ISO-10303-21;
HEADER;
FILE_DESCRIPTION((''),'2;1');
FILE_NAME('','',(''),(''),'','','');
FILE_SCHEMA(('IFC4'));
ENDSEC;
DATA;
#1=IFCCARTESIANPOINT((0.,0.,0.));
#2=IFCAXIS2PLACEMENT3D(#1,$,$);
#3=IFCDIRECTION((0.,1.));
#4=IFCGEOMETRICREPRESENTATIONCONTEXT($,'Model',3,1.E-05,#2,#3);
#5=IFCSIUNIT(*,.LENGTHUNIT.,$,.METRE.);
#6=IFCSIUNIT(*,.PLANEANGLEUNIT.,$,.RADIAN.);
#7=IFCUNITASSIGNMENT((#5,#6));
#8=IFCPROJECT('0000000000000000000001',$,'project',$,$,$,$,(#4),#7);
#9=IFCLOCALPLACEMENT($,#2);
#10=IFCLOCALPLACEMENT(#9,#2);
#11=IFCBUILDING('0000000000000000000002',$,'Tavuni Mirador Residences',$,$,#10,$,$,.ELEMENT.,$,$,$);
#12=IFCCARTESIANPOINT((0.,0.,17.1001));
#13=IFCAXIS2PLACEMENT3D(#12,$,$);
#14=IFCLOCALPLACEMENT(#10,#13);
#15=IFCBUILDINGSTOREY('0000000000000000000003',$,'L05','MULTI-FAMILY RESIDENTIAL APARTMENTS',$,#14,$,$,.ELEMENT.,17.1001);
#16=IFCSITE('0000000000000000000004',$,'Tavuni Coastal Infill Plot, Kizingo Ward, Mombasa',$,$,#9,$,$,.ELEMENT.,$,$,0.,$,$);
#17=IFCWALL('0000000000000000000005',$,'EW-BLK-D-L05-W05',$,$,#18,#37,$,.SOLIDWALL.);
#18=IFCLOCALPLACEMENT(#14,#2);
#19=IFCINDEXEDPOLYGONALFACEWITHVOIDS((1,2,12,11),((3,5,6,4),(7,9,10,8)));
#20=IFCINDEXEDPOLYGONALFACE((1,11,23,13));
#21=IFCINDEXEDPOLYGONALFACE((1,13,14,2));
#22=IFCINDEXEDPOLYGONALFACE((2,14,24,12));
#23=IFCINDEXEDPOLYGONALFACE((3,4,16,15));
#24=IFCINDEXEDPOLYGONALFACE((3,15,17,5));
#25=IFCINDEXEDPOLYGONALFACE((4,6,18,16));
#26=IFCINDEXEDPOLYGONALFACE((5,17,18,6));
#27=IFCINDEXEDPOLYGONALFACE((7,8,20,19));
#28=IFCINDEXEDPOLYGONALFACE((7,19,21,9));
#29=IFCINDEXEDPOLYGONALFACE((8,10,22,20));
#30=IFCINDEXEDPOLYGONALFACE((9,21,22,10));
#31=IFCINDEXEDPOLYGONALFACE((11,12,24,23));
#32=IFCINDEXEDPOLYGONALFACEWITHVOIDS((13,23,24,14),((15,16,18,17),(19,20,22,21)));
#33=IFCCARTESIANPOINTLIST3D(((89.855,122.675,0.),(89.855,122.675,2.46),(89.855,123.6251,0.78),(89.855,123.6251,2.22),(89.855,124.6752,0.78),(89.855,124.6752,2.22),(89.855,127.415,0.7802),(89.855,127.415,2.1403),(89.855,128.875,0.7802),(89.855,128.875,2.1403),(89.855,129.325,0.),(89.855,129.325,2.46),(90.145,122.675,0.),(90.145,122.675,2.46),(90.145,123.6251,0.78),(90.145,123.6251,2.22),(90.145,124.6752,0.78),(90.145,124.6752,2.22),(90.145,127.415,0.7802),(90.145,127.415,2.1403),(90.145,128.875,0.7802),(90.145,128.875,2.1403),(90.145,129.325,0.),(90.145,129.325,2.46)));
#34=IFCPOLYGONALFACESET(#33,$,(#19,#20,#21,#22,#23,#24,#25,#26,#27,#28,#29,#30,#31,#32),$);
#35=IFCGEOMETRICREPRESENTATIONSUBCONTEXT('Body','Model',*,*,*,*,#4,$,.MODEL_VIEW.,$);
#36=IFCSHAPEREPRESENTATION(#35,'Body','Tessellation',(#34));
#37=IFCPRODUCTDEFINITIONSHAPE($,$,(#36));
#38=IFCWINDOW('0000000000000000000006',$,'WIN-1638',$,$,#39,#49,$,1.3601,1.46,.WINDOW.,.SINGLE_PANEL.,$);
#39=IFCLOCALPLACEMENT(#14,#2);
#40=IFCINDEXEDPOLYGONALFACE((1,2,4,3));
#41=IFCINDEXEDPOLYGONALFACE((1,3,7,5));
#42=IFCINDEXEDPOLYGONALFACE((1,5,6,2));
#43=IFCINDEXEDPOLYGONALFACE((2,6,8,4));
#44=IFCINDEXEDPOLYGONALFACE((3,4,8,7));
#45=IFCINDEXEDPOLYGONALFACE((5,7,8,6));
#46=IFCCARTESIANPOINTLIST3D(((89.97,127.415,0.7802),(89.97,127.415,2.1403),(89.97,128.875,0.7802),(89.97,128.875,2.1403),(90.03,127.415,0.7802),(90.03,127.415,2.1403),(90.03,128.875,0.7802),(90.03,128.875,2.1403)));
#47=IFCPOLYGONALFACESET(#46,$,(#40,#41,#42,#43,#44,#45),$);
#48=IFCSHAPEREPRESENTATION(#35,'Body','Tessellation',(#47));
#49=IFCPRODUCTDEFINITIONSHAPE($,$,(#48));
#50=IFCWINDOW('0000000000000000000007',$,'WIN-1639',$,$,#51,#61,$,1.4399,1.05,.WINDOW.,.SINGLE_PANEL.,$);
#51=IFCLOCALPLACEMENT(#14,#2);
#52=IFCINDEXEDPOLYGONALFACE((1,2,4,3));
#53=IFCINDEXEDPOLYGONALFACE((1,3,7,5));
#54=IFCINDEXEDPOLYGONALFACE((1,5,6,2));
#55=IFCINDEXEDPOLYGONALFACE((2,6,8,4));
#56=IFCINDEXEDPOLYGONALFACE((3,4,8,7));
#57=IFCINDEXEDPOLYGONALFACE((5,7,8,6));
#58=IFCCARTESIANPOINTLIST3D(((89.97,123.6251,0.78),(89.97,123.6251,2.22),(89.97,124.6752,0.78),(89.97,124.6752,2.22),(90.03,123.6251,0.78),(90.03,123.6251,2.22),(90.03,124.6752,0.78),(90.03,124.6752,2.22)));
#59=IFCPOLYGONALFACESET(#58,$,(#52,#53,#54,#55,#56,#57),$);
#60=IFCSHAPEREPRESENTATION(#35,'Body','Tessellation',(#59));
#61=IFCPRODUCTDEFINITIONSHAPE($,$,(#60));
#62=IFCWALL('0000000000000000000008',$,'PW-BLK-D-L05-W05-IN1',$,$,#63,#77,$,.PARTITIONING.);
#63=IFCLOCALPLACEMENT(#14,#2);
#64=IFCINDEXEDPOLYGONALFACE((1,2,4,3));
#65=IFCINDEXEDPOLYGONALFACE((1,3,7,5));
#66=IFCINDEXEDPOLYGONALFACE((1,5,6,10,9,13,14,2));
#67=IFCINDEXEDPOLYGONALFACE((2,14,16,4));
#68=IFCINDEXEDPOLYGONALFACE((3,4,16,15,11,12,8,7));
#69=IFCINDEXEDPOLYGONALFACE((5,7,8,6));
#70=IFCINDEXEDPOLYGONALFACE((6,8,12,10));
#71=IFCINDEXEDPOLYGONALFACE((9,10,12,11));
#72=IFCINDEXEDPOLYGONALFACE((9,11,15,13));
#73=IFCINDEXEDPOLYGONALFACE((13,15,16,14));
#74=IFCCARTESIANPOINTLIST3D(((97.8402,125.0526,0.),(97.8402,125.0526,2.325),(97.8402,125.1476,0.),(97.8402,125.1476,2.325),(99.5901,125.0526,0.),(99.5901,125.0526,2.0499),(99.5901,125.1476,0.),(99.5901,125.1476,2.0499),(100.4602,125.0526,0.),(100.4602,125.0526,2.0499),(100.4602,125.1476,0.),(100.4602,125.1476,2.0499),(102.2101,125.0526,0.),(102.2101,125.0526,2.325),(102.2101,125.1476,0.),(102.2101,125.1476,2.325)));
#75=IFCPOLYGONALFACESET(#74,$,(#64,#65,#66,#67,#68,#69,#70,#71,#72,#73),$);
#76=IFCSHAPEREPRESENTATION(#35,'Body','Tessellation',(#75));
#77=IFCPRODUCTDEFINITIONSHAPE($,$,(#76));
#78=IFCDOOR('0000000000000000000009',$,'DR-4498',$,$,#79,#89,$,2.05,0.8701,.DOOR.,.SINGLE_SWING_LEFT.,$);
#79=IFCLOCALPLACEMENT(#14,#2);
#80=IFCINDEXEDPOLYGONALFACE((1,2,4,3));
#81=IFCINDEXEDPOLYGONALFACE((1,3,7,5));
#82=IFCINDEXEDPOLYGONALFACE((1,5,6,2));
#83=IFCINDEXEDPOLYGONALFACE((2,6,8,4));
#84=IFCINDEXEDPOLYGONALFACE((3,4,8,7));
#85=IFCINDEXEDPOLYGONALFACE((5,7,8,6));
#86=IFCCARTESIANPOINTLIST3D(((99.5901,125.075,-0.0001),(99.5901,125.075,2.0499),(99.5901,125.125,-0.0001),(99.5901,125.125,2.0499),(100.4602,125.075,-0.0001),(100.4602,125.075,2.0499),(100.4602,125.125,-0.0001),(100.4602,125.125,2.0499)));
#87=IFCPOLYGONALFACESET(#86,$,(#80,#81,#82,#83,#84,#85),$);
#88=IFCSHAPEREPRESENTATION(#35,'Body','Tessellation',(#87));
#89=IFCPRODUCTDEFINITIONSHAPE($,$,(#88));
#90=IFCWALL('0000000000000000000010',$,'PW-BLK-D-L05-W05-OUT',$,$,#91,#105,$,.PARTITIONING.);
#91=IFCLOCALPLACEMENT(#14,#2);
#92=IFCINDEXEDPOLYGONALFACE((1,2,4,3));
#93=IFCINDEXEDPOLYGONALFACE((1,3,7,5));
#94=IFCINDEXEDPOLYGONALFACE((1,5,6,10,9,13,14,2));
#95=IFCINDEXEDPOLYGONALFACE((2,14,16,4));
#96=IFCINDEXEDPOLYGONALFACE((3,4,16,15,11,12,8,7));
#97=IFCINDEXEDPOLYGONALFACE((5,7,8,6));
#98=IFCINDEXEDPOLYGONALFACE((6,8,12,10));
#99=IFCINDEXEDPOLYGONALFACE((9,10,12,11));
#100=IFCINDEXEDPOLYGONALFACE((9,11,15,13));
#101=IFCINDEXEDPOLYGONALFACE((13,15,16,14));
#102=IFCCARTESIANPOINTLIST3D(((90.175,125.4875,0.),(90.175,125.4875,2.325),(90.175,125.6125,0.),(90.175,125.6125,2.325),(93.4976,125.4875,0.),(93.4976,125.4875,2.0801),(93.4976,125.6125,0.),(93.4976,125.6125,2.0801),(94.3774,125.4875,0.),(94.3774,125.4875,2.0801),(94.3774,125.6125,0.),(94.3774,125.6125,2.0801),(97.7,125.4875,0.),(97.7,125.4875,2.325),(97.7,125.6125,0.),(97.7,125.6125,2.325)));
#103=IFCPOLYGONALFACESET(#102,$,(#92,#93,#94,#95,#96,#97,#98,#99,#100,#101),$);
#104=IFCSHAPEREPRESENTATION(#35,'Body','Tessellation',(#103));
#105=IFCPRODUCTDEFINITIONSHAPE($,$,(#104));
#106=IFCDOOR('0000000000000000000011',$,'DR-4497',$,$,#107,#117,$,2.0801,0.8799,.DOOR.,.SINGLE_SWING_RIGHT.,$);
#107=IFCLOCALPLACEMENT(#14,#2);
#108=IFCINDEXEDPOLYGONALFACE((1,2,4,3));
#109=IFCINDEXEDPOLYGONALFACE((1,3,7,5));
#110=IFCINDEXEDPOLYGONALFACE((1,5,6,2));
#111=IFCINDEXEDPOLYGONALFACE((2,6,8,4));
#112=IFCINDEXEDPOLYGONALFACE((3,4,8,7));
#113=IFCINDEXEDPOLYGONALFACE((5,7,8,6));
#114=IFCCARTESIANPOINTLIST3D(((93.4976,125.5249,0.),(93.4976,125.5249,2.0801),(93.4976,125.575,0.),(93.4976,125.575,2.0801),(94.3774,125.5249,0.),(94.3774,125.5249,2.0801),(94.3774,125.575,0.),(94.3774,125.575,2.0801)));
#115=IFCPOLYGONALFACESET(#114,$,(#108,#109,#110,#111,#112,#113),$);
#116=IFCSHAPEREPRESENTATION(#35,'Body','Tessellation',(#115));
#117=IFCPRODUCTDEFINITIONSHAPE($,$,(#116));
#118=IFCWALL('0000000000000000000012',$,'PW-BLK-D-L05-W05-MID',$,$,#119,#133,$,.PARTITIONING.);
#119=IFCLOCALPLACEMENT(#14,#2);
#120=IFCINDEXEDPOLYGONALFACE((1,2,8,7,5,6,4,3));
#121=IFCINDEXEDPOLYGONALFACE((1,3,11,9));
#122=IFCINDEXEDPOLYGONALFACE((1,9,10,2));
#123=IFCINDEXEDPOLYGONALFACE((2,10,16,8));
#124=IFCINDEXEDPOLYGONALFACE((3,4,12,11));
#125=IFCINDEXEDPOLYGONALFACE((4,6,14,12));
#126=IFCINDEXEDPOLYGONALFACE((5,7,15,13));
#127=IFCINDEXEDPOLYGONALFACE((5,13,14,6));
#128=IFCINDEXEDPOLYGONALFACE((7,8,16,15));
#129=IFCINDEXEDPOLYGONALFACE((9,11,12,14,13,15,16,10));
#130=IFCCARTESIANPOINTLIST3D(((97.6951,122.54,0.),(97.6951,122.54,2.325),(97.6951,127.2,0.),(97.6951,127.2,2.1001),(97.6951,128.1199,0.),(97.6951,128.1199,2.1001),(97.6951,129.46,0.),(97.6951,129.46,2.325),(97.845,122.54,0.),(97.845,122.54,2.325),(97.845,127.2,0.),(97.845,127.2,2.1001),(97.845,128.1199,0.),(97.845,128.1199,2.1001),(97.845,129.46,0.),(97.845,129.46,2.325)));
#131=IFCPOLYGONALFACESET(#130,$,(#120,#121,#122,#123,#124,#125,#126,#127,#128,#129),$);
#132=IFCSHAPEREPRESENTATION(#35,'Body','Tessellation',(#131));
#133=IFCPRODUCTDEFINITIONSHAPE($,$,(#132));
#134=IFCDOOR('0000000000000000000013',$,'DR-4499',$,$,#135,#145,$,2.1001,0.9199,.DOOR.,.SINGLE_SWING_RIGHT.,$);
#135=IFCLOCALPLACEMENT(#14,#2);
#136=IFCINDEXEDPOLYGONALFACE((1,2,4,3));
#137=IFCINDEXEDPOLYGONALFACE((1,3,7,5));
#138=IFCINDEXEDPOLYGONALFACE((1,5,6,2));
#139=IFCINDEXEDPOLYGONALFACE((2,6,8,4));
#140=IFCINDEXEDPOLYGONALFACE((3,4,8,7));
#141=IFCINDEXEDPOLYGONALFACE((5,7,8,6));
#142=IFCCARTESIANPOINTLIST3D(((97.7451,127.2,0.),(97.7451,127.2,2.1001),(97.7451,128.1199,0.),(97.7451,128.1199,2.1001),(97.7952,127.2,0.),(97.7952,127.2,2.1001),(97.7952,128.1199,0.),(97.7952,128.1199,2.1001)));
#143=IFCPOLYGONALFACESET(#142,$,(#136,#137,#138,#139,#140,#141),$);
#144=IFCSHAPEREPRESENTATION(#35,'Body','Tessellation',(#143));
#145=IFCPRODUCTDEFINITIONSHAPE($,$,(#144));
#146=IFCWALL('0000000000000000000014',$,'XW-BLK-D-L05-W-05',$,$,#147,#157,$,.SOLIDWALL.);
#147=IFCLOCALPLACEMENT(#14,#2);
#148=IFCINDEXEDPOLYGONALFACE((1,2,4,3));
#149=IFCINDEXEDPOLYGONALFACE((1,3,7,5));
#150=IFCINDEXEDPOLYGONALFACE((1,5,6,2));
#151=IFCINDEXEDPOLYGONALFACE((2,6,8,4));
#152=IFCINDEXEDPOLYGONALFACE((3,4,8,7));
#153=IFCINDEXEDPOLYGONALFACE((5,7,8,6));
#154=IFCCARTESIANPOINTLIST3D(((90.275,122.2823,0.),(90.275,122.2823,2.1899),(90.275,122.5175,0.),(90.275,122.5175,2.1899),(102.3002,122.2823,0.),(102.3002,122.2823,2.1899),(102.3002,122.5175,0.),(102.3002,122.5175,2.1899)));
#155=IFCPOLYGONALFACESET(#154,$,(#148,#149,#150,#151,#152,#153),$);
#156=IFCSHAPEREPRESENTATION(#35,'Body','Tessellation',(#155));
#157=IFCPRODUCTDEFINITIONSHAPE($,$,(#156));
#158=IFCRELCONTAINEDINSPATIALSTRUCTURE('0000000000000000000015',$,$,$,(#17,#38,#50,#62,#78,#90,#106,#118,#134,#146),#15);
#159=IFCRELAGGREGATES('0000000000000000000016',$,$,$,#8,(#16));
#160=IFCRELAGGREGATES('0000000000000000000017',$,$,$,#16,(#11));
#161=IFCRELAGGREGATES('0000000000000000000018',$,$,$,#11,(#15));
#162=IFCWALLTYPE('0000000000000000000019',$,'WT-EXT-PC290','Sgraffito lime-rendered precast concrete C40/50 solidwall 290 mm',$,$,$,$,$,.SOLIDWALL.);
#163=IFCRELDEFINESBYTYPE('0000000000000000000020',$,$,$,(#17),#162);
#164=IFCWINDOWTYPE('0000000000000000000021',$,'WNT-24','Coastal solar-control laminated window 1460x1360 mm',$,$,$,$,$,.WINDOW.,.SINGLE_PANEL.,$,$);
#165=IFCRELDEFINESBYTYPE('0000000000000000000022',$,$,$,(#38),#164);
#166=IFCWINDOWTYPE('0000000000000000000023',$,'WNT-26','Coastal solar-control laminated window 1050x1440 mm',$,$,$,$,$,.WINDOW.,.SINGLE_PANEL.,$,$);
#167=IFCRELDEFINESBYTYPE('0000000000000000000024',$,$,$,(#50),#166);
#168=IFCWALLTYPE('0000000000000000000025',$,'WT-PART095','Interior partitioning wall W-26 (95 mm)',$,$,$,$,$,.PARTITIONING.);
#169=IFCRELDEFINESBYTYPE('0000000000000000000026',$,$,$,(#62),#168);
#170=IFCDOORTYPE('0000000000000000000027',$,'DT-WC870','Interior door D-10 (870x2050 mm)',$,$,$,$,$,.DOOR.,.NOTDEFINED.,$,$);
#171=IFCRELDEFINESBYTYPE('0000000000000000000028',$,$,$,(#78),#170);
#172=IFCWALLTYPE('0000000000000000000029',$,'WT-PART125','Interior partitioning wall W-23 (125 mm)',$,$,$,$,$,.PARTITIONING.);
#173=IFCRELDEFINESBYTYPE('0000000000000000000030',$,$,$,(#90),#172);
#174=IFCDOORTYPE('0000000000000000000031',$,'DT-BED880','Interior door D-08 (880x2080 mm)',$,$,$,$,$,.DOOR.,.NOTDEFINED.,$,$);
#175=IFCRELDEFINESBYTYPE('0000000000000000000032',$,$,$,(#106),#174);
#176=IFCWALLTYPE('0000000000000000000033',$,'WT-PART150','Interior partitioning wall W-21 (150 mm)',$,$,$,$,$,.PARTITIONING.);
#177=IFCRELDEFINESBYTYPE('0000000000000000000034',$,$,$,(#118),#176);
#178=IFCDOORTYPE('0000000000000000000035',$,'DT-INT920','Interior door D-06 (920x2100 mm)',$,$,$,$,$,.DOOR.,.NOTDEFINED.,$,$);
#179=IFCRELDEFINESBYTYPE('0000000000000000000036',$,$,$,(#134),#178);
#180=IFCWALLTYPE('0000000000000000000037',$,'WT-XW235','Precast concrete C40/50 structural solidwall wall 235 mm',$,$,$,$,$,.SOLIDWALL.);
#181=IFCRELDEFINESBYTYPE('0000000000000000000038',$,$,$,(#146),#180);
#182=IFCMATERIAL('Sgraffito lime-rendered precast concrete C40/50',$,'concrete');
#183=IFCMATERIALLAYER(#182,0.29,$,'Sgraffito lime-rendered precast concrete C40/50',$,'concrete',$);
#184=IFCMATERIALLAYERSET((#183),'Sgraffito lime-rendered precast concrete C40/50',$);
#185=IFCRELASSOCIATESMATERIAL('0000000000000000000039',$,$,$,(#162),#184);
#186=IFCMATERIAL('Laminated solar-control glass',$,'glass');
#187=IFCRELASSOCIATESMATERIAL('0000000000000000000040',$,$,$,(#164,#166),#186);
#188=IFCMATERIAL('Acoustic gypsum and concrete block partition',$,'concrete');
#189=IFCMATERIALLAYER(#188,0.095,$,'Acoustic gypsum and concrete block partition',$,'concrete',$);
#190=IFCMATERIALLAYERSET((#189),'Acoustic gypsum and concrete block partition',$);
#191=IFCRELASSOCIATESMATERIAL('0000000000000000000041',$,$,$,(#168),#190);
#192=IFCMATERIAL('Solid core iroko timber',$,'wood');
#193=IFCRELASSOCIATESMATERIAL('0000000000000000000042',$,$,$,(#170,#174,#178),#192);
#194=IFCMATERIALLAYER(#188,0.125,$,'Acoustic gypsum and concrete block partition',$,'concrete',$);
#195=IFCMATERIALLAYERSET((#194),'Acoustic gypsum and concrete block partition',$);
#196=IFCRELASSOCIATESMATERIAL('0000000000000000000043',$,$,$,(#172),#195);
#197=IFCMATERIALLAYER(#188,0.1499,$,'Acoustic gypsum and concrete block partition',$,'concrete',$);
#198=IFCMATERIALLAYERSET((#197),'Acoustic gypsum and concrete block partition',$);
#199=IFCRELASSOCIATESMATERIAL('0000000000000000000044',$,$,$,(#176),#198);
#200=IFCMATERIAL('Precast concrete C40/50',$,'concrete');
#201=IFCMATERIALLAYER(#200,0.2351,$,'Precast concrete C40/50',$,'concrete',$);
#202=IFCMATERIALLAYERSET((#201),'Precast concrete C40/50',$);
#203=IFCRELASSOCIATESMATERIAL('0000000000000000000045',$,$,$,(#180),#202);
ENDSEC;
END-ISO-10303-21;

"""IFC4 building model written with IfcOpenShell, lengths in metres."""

from ifc_helpers import new_model, si_unit, direction, frame, frame_2d, origin, place, context, subcontext, project, spatial, rectangle, extrude, material, layer, layer_set, type_object, element, fill, save


model = new_model("IFC4")

# Units and contexts
model_context = context("Model", 3, precision=1e-05, world=origin(), true_north=direction((0.0, 1.0)))
body_context = subcontext(model_context, "Body", "Model", "MODEL_VIEW")
ifc_project = project(units=[si_unit("LENGTHUNIT", "METRE"), si_unit("PLANEANGLEUNIT", "RADIAN")], contexts=[model_context])

# Site, building, storey
site_placement = place(None, origin())
site = spatial("IfcSite", under=ifc_project, at=site_placement, Name="Tavuni Coastal Infill Plot, Kizingo Ward, Mombasa", CompositionType="ELEMENT", RefElevation=0.0)
building_placement = place(site_placement, origin())
building = spatial("IfcBuilding", under=site, at=building_placement, Name="Tavuni Mirador Residences", CompositionType="ELEMENT")
storey_placement = place(building_placement, frame((0.0, 0.0, 17.1001)))
storey = spatial("IfcBuildingStorey", under=building, at=storey_placement, Name="L05", Description="MULTI-FAMILY RESIDENTIAL APARTMENTS", CompositionType="ELEMENT", Elevation=17.1001)

# Shared definitions
ifc_material_1 = material(Name="Precast concrete C40/50", Category="concrete")

# Shared definitions
ifc_material_2 = material(Name="Solid core iroko timber", Category="wood")

# Wall, openings, windows
ifc_material_3 = material(Name="Sgraffito lime-rendered precast concrete C40/50", Category="concrete")
ifc_layer_1 = layer(ifc_material_3, 0.29, Name="Sgraffito lime-rendered precast concrete C40/50", Category="concrete")
ifc_layer_set_1 = layer_set([ifc_layer_1], Name="Sgraffito lime-rendered precast concrete C40/50")
wall_type_1 = type_object("IfcWallType", Name="WT-EXT-PC290", Description="Sgraffito lime-rendered precast concrete C40/50 solidwall 290 mm", PredefinedType="SOLIDWALL", material=ifc_layer_set_1)
wall_1_placement = place(storey_placement, frame((90.0, 129.325, 0.0), z_axis=(0.0, 0.0, 1.0), x_axis=(0.0, -1.0, 0.0)))
wall_1 = element("IfcWall", 1, at=wall_1_placement, inside=storey, type_object=wall_type_1, Name="EW-BLK-D-L05-W05", PredefinedType="SOLIDWALL", context=body_context, shape_type="SweptSolid", body=[
    extrude(rectangle(XDim=6.6499, YDim=0.29, at=frame_2d((3.325, 0.0))), origin(), (0.0, 0.0, 1.0), 2.46),
])
opening_1_placement = place(wall_1_placement, frame((0.45, 0.0, 0.78)))
opening_1 = element("IfcOpeningElement", 2, at=opening_1_placement, cuts=wall_1, PredefinedType="OPENING", context=body_context, shape_type="SweptSolid", body=[
    extrude(rectangle(XDim=1.46, YDim=1.3601, at=frame_2d((0.73, 0.6802))), frame((0.0, 0.155, 0.0), z_axis=(0.0, -1.0, 0.0), x_axis=(1.0, 0.0, 0.0)), (0.0, 0.0, 1.0), 0.3101),
])
opening_2_placement = place(wall_1_placement, frame((4.6499, 0.0, 0.78)))
opening_2 = element("IfcOpeningElement", 3, at=opening_2_placement, cuts=wall_1, PredefinedType="OPENING", context=body_context, shape_type="SweptSolid", body=[
    extrude(rectangle(XDim=1.05, YDim=1.4399, at=frame_2d((0.5249, 0.72))), frame((0.0, 0.155, 0.0), z_axis=(0.0, -1.0, 0.0), x_axis=(1.0, 0.0, 0.0)), (0.0, 0.0, 1.0), 0.3101),
])
ifc_material_4 = material(Name="Laminated solar-control glass", Category="glass")
window_type_1 = type_object("IfcWindowType", Name="WNT-24", Description="Coastal solar-control laminated window 1460x1360 mm", PartitioningType="SINGLE_PANEL", PredefinedType="WINDOW", material=ifc_material_4)
window_1_placement = place(opening_1_placement, origin())
window_1 = element("IfcWindow", 4, at=window_1_placement, inside=storey, type_object=window_type_1, Name="WIN-1638", OverallHeight=1.3601, OverallWidth=1.46, PartitioningType="SINGLE_PANEL", PredefinedType="WINDOW", context=body_context, shape_type="SweptSolid", body=[
    extrude(rectangle(XDim=1.46, YDim=1.3601, at=frame_2d((0.73, 0.6802))), frame((0.0, 0.03, 0.0), z_axis=(0.0, -1.0, 0.0), x_axis=(1.0, 0.0, 0.0)), (0.0, 0.0, 1.0), 0.0601),
])
fill(opening_1, window_1)
window_type_2 = type_object("IfcWindowType", Name="WNT-26", Description="Coastal solar-control laminated window 1050x1440 mm", PartitioningType="SINGLE_PANEL", PredefinedType="WINDOW", material=ifc_material_4)
window_2_placement = place(opening_2_placement, origin())
window_2 = element("IfcWindow", 5, at=window_2_placement, inside=storey, type_object=window_type_2, Name="WIN-1639", OverallHeight=1.4399, OverallWidth=1.05, PartitioningType="SINGLE_PANEL", PredefinedType="WINDOW", context=body_context, shape_type="SweptSolid", body=[
    extrude(rectangle(XDim=1.05, YDim=1.4399, at=frame_2d((0.5249, 0.72))), frame((0.0, 0.03, 0.0), z_axis=(0.0, -1.0, 0.0), x_axis=(1.0, 0.0, 0.0)), (0.0, 0.0, 1.0), 0.0601),
])
fill(opening_2, window_2)

# Walls, openings, doors
ifc_material_5 = material(Name="Acoustic gypsum and concrete block partition", Category="concrete")
ifc_layer_2 = layer(ifc_material_5, 0.095, Name="Acoustic gypsum and concrete block partition", Category="concrete")
ifc_layer_set_2 = layer_set([ifc_layer_2], Name="Acoustic gypsum and concrete block partition")
wall_type_2 = type_object("IfcWallType", Name="WT-PART095", Description="Interior partitioning wall W-26 (95 mm)", PredefinedType="PARTITIONING", material=ifc_layer_set_2)
wall_2_placement = place(storey_placement, frame((97.8401, 125.1001, 0.0), z_axis=(0.0, 0.0, 1.0), x_axis=(1.0, 0.0, 0.0)))
wall_2 = element("IfcWall", 6, at=wall_2_placement, inside=storey, type_object=wall_type_2, Name="PW-BLK-D-L05-W05-IN1", PredefinedType="PARTITIONING", context=body_context, shape_type="SweptSolid", body=[
    extrude(rectangle(XDim=4.3699, YDim=0.095, at=frame_2d((2.1851, 0.0))), origin(), (0.0, 0.0, 1.0), 2.325),
])
opening_3_placement = place(wall_2_placement, frame((1.75, 0.0, 0.0)))
opening_3 = element("IfcOpeningElement", 7, at=opening_3_placement, cuts=wall_2, PredefinedType="OPENING", context=body_context, shape_type="SweptSolid", body=[
    extrude(rectangle(XDim=0.8701, YDim=2.05, at=frame_2d((0.4351, 1.0249))), frame((0.0, 0.0576, 0.0), z_axis=(0.0, -1.0, 0.0), x_axis=(1.0, 0.0, 0.0)), (0.0, 0.0, 1.0), 0.115),
])
door_type_1 = type_object("IfcDoorType", Name="DT-WC870", Description="Interior door D-10 (870x2050 mm)", OperationType="NOTDEFINED", PredefinedType="DOOR", material=ifc_material_2)
door_1_placement = place(opening_3_placement, origin())
door_1 = element("IfcDoor", 8, at=door_1_placement, inside=storey, type_object=door_type_1, Name="DR-4498", OperationType="SINGLE_SWING_LEFT", OverallHeight=2.05, OverallWidth=0.8701, PredefinedType="DOOR", context=body_context, shape_type="SweptSolid", body=[
    extrude(rectangle(XDim=0.8701, YDim=2.05, at=frame_2d((0.4351, 1.0249))), frame((0.0, 0.0249, 0.0), z_axis=(0.0, -1.0, 0.0), x_axis=(1.0, 0.0, 0.0)), (0.0, 0.0, 1.0), 0.05),
])
fill(opening_3, door_1)
ifc_layer_3 = layer(ifc_material_5, 0.125, Name="Acoustic gypsum and concrete block partition", Category="concrete")
ifc_layer_set_3 = layer_set([ifc_layer_3], Name="Acoustic gypsum and concrete block partition")
wall_type_3 = type_object("IfcWallType", Name="WT-PART125", Description="Interior partitioning wall W-23 (125 mm)", PredefinedType="PARTITIONING", material=ifc_layer_set_3)
wall_3_placement = place(storey_placement, frame((90.175, 125.55, 0.0), z_axis=(0.0, 0.0, 1.0), x_axis=(1.0, 0.0, 0.0)))
wall_3 = element("IfcWall", 9, at=wall_3_placement, inside=storey, type_object=wall_type_3, Name="PW-BLK-D-L05-W05-OUT", PredefinedType="PARTITIONING", context=body_context, shape_type="SweptSolid", body=[
    extrude(rectangle(XDim=7.5249, YDim=0.125, at=frame_2d((3.7625, 0.0))), origin(), (0.0, 0.0, 1.0), 2.325),
])
opening_4_placement = place(wall_3_placement, frame((3.3225, 0.0, 0.0)))
opening_4 = element("IfcOpeningElement", 10, at=opening_4_placement, cuts=wall_3, PredefinedType="OPENING", context=body_context, shape_type="SweptSolid", body=[
    extrude(rectangle(XDim=0.8799, YDim=2.0801, at=frame_2d((0.4399, 1.04))), frame((0.0, 0.0725, 0.0), z_axis=(0.0, -1.0, 0.0), x_axis=(1.0, 0.0, 0.0)), (0.0, 0.0, 1.0), 0.145),
])
door_type_2 = type_object("IfcDoorType", Name="DT-BED880", Description="Interior door D-08 (880x2080 mm)", OperationType="NOTDEFINED", PredefinedType="DOOR", material=ifc_material_2)
door_2_placement = place(opening_4_placement, origin())
door_2 = element("IfcDoor", 11, at=door_2_placement, inside=storey, type_object=door_type_2, Name="DR-4497", OperationType="SINGLE_SWING_RIGHT", OverallHeight=2.0801, OverallWidth=0.8799, PredefinedType="DOOR", context=body_context, shape_type="SweptSolid", body=[
    extrude(rectangle(XDim=0.8799, YDim=2.0801, at=frame_2d((0.4399, 1.04))), frame((0.0, 0.0249, 0.0), z_axis=(0.0, -1.0, 0.0), x_axis=(1.0, 0.0, 0.0)), (0.0, 0.0, 1.0), 0.05),
])
fill(opening_4, door_2)
ifc_layer_4 = layer(ifc_material_5, 0.1499, Name="Acoustic gypsum and concrete block partition", Category="concrete")
ifc_layer_set_4 = layer_set([ifc_layer_4], Name="Acoustic gypsum and concrete block partition")
wall_type_4 = type_object("IfcWallType", Name="WT-PART150", Description="Interior partitioning wall W-21 (150 mm)", PredefinedType="PARTITIONING", material=ifc_layer_set_4)
wall_4_placement = place(storey_placement, frame((97.77, 122.54, 0.0), z_axis=(0.0, 0.0, 1.0), x_axis=(0.0, 1.0, 0.0)))
wall_4 = element("IfcWall", 12, at=wall_4_placement, inside=storey, type_object=wall_type_4, Name="PW-BLK-D-L05-W05-MID", PredefinedType="PARTITIONING", context=body_context, shape_type="SweptSolid", body=[
    extrude(rectangle(XDim=6.9199, YDim=0.1499, at=frame_2d((3.46, 0.0))), origin(), (0.0, 0.0, 1.0), 2.325),
])
opening_5_placement = place(wall_4_placement, frame((4.6599, 0.0, 0.0)))
opening_5 = element("IfcOpeningElement", 13, at=opening_5_placement, cuts=wall_4, PredefinedType="OPENING", context=body_context, shape_type="SweptSolid", body=[
    extrude(rectangle(XDim=0.9199, YDim=2.1001, at=frame_2d((0.46, 1.05))), frame((0.0, 0.085, 0.0), z_axis=(0.0, -1.0, 0.0), x_axis=(1.0, 0.0, 0.0)), (0.0, 0.0, 1.0), 0.1699),
])
door_type_3 = type_object("IfcDoorType", Name="DT-INT920", Description="Interior door D-06 (920x2100 mm)", OperationType="NOTDEFINED", PredefinedType="DOOR", material=ifc_material_2)
door_3_placement = place(opening_5_placement, origin())
door_3 = element("IfcDoor", 14, at=door_3_placement, inside=storey, type_object=door_type_3, Name="DR-4499", OperationType="SINGLE_SWING_RIGHT", OverallHeight=2.1001, OverallWidth=0.9199, PredefinedType="DOOR", context=body_context, shape_type="SweptSolid", body=[
    extrude(rectangle(XDim=0.9199, YDim=2.1001, at=frame_2d((0.46, 1.05))), frame((0.0, 0.0249, 0.0), z_axis=(0.0, -1.0, 0.0), x_axis=(1.0, 0.0, 0.0)), (0.0, 0.0, 1.0), 0.05),
])
fill(opening_5, door_3)

# Wall
ifc_layer_5 = layer(ifc_material_1, 0.2351, Name="Precast concrete C40/50", Category="concrete")
ifc_layer_set_5 = layer_set([ifc_layer_5], Name="Precast concrete C40/50")
wall_type_5 = type_object("IfcWallType", Name="WT-XW235", Description="Precast concrete C40/50 structural solidwall wall 235 mm", PredefinedType="SOLIDWALL", material=ifc_layer_set_5)
for number, where, z_axis, x_axis, name in (
    (15, (90.2749, 122.3999, 0.0), (0.0, 0.0, 1.0), (1.0, 0.0, 0.0), "XW-BLK-D-L05-W-05"),
):
    element("IfcWall", number, at=place(storey_placement, frame(where, z_axis=z_axis, x_axis=x_axis)), inside=storey, type_object=wall_type_5, Name=name, PredefinedType="SOLIDWALL", context=body_context, shape_type="SweptSolid", body=[
        extrude(rectangle(XDim=12.0251, YDim=0.2351, at=frame_2d((6.0127, 0.0))), origin(), (0.0, 0.0, 1.0), 2.1899),
    ])

save(model, "model.ifc")
